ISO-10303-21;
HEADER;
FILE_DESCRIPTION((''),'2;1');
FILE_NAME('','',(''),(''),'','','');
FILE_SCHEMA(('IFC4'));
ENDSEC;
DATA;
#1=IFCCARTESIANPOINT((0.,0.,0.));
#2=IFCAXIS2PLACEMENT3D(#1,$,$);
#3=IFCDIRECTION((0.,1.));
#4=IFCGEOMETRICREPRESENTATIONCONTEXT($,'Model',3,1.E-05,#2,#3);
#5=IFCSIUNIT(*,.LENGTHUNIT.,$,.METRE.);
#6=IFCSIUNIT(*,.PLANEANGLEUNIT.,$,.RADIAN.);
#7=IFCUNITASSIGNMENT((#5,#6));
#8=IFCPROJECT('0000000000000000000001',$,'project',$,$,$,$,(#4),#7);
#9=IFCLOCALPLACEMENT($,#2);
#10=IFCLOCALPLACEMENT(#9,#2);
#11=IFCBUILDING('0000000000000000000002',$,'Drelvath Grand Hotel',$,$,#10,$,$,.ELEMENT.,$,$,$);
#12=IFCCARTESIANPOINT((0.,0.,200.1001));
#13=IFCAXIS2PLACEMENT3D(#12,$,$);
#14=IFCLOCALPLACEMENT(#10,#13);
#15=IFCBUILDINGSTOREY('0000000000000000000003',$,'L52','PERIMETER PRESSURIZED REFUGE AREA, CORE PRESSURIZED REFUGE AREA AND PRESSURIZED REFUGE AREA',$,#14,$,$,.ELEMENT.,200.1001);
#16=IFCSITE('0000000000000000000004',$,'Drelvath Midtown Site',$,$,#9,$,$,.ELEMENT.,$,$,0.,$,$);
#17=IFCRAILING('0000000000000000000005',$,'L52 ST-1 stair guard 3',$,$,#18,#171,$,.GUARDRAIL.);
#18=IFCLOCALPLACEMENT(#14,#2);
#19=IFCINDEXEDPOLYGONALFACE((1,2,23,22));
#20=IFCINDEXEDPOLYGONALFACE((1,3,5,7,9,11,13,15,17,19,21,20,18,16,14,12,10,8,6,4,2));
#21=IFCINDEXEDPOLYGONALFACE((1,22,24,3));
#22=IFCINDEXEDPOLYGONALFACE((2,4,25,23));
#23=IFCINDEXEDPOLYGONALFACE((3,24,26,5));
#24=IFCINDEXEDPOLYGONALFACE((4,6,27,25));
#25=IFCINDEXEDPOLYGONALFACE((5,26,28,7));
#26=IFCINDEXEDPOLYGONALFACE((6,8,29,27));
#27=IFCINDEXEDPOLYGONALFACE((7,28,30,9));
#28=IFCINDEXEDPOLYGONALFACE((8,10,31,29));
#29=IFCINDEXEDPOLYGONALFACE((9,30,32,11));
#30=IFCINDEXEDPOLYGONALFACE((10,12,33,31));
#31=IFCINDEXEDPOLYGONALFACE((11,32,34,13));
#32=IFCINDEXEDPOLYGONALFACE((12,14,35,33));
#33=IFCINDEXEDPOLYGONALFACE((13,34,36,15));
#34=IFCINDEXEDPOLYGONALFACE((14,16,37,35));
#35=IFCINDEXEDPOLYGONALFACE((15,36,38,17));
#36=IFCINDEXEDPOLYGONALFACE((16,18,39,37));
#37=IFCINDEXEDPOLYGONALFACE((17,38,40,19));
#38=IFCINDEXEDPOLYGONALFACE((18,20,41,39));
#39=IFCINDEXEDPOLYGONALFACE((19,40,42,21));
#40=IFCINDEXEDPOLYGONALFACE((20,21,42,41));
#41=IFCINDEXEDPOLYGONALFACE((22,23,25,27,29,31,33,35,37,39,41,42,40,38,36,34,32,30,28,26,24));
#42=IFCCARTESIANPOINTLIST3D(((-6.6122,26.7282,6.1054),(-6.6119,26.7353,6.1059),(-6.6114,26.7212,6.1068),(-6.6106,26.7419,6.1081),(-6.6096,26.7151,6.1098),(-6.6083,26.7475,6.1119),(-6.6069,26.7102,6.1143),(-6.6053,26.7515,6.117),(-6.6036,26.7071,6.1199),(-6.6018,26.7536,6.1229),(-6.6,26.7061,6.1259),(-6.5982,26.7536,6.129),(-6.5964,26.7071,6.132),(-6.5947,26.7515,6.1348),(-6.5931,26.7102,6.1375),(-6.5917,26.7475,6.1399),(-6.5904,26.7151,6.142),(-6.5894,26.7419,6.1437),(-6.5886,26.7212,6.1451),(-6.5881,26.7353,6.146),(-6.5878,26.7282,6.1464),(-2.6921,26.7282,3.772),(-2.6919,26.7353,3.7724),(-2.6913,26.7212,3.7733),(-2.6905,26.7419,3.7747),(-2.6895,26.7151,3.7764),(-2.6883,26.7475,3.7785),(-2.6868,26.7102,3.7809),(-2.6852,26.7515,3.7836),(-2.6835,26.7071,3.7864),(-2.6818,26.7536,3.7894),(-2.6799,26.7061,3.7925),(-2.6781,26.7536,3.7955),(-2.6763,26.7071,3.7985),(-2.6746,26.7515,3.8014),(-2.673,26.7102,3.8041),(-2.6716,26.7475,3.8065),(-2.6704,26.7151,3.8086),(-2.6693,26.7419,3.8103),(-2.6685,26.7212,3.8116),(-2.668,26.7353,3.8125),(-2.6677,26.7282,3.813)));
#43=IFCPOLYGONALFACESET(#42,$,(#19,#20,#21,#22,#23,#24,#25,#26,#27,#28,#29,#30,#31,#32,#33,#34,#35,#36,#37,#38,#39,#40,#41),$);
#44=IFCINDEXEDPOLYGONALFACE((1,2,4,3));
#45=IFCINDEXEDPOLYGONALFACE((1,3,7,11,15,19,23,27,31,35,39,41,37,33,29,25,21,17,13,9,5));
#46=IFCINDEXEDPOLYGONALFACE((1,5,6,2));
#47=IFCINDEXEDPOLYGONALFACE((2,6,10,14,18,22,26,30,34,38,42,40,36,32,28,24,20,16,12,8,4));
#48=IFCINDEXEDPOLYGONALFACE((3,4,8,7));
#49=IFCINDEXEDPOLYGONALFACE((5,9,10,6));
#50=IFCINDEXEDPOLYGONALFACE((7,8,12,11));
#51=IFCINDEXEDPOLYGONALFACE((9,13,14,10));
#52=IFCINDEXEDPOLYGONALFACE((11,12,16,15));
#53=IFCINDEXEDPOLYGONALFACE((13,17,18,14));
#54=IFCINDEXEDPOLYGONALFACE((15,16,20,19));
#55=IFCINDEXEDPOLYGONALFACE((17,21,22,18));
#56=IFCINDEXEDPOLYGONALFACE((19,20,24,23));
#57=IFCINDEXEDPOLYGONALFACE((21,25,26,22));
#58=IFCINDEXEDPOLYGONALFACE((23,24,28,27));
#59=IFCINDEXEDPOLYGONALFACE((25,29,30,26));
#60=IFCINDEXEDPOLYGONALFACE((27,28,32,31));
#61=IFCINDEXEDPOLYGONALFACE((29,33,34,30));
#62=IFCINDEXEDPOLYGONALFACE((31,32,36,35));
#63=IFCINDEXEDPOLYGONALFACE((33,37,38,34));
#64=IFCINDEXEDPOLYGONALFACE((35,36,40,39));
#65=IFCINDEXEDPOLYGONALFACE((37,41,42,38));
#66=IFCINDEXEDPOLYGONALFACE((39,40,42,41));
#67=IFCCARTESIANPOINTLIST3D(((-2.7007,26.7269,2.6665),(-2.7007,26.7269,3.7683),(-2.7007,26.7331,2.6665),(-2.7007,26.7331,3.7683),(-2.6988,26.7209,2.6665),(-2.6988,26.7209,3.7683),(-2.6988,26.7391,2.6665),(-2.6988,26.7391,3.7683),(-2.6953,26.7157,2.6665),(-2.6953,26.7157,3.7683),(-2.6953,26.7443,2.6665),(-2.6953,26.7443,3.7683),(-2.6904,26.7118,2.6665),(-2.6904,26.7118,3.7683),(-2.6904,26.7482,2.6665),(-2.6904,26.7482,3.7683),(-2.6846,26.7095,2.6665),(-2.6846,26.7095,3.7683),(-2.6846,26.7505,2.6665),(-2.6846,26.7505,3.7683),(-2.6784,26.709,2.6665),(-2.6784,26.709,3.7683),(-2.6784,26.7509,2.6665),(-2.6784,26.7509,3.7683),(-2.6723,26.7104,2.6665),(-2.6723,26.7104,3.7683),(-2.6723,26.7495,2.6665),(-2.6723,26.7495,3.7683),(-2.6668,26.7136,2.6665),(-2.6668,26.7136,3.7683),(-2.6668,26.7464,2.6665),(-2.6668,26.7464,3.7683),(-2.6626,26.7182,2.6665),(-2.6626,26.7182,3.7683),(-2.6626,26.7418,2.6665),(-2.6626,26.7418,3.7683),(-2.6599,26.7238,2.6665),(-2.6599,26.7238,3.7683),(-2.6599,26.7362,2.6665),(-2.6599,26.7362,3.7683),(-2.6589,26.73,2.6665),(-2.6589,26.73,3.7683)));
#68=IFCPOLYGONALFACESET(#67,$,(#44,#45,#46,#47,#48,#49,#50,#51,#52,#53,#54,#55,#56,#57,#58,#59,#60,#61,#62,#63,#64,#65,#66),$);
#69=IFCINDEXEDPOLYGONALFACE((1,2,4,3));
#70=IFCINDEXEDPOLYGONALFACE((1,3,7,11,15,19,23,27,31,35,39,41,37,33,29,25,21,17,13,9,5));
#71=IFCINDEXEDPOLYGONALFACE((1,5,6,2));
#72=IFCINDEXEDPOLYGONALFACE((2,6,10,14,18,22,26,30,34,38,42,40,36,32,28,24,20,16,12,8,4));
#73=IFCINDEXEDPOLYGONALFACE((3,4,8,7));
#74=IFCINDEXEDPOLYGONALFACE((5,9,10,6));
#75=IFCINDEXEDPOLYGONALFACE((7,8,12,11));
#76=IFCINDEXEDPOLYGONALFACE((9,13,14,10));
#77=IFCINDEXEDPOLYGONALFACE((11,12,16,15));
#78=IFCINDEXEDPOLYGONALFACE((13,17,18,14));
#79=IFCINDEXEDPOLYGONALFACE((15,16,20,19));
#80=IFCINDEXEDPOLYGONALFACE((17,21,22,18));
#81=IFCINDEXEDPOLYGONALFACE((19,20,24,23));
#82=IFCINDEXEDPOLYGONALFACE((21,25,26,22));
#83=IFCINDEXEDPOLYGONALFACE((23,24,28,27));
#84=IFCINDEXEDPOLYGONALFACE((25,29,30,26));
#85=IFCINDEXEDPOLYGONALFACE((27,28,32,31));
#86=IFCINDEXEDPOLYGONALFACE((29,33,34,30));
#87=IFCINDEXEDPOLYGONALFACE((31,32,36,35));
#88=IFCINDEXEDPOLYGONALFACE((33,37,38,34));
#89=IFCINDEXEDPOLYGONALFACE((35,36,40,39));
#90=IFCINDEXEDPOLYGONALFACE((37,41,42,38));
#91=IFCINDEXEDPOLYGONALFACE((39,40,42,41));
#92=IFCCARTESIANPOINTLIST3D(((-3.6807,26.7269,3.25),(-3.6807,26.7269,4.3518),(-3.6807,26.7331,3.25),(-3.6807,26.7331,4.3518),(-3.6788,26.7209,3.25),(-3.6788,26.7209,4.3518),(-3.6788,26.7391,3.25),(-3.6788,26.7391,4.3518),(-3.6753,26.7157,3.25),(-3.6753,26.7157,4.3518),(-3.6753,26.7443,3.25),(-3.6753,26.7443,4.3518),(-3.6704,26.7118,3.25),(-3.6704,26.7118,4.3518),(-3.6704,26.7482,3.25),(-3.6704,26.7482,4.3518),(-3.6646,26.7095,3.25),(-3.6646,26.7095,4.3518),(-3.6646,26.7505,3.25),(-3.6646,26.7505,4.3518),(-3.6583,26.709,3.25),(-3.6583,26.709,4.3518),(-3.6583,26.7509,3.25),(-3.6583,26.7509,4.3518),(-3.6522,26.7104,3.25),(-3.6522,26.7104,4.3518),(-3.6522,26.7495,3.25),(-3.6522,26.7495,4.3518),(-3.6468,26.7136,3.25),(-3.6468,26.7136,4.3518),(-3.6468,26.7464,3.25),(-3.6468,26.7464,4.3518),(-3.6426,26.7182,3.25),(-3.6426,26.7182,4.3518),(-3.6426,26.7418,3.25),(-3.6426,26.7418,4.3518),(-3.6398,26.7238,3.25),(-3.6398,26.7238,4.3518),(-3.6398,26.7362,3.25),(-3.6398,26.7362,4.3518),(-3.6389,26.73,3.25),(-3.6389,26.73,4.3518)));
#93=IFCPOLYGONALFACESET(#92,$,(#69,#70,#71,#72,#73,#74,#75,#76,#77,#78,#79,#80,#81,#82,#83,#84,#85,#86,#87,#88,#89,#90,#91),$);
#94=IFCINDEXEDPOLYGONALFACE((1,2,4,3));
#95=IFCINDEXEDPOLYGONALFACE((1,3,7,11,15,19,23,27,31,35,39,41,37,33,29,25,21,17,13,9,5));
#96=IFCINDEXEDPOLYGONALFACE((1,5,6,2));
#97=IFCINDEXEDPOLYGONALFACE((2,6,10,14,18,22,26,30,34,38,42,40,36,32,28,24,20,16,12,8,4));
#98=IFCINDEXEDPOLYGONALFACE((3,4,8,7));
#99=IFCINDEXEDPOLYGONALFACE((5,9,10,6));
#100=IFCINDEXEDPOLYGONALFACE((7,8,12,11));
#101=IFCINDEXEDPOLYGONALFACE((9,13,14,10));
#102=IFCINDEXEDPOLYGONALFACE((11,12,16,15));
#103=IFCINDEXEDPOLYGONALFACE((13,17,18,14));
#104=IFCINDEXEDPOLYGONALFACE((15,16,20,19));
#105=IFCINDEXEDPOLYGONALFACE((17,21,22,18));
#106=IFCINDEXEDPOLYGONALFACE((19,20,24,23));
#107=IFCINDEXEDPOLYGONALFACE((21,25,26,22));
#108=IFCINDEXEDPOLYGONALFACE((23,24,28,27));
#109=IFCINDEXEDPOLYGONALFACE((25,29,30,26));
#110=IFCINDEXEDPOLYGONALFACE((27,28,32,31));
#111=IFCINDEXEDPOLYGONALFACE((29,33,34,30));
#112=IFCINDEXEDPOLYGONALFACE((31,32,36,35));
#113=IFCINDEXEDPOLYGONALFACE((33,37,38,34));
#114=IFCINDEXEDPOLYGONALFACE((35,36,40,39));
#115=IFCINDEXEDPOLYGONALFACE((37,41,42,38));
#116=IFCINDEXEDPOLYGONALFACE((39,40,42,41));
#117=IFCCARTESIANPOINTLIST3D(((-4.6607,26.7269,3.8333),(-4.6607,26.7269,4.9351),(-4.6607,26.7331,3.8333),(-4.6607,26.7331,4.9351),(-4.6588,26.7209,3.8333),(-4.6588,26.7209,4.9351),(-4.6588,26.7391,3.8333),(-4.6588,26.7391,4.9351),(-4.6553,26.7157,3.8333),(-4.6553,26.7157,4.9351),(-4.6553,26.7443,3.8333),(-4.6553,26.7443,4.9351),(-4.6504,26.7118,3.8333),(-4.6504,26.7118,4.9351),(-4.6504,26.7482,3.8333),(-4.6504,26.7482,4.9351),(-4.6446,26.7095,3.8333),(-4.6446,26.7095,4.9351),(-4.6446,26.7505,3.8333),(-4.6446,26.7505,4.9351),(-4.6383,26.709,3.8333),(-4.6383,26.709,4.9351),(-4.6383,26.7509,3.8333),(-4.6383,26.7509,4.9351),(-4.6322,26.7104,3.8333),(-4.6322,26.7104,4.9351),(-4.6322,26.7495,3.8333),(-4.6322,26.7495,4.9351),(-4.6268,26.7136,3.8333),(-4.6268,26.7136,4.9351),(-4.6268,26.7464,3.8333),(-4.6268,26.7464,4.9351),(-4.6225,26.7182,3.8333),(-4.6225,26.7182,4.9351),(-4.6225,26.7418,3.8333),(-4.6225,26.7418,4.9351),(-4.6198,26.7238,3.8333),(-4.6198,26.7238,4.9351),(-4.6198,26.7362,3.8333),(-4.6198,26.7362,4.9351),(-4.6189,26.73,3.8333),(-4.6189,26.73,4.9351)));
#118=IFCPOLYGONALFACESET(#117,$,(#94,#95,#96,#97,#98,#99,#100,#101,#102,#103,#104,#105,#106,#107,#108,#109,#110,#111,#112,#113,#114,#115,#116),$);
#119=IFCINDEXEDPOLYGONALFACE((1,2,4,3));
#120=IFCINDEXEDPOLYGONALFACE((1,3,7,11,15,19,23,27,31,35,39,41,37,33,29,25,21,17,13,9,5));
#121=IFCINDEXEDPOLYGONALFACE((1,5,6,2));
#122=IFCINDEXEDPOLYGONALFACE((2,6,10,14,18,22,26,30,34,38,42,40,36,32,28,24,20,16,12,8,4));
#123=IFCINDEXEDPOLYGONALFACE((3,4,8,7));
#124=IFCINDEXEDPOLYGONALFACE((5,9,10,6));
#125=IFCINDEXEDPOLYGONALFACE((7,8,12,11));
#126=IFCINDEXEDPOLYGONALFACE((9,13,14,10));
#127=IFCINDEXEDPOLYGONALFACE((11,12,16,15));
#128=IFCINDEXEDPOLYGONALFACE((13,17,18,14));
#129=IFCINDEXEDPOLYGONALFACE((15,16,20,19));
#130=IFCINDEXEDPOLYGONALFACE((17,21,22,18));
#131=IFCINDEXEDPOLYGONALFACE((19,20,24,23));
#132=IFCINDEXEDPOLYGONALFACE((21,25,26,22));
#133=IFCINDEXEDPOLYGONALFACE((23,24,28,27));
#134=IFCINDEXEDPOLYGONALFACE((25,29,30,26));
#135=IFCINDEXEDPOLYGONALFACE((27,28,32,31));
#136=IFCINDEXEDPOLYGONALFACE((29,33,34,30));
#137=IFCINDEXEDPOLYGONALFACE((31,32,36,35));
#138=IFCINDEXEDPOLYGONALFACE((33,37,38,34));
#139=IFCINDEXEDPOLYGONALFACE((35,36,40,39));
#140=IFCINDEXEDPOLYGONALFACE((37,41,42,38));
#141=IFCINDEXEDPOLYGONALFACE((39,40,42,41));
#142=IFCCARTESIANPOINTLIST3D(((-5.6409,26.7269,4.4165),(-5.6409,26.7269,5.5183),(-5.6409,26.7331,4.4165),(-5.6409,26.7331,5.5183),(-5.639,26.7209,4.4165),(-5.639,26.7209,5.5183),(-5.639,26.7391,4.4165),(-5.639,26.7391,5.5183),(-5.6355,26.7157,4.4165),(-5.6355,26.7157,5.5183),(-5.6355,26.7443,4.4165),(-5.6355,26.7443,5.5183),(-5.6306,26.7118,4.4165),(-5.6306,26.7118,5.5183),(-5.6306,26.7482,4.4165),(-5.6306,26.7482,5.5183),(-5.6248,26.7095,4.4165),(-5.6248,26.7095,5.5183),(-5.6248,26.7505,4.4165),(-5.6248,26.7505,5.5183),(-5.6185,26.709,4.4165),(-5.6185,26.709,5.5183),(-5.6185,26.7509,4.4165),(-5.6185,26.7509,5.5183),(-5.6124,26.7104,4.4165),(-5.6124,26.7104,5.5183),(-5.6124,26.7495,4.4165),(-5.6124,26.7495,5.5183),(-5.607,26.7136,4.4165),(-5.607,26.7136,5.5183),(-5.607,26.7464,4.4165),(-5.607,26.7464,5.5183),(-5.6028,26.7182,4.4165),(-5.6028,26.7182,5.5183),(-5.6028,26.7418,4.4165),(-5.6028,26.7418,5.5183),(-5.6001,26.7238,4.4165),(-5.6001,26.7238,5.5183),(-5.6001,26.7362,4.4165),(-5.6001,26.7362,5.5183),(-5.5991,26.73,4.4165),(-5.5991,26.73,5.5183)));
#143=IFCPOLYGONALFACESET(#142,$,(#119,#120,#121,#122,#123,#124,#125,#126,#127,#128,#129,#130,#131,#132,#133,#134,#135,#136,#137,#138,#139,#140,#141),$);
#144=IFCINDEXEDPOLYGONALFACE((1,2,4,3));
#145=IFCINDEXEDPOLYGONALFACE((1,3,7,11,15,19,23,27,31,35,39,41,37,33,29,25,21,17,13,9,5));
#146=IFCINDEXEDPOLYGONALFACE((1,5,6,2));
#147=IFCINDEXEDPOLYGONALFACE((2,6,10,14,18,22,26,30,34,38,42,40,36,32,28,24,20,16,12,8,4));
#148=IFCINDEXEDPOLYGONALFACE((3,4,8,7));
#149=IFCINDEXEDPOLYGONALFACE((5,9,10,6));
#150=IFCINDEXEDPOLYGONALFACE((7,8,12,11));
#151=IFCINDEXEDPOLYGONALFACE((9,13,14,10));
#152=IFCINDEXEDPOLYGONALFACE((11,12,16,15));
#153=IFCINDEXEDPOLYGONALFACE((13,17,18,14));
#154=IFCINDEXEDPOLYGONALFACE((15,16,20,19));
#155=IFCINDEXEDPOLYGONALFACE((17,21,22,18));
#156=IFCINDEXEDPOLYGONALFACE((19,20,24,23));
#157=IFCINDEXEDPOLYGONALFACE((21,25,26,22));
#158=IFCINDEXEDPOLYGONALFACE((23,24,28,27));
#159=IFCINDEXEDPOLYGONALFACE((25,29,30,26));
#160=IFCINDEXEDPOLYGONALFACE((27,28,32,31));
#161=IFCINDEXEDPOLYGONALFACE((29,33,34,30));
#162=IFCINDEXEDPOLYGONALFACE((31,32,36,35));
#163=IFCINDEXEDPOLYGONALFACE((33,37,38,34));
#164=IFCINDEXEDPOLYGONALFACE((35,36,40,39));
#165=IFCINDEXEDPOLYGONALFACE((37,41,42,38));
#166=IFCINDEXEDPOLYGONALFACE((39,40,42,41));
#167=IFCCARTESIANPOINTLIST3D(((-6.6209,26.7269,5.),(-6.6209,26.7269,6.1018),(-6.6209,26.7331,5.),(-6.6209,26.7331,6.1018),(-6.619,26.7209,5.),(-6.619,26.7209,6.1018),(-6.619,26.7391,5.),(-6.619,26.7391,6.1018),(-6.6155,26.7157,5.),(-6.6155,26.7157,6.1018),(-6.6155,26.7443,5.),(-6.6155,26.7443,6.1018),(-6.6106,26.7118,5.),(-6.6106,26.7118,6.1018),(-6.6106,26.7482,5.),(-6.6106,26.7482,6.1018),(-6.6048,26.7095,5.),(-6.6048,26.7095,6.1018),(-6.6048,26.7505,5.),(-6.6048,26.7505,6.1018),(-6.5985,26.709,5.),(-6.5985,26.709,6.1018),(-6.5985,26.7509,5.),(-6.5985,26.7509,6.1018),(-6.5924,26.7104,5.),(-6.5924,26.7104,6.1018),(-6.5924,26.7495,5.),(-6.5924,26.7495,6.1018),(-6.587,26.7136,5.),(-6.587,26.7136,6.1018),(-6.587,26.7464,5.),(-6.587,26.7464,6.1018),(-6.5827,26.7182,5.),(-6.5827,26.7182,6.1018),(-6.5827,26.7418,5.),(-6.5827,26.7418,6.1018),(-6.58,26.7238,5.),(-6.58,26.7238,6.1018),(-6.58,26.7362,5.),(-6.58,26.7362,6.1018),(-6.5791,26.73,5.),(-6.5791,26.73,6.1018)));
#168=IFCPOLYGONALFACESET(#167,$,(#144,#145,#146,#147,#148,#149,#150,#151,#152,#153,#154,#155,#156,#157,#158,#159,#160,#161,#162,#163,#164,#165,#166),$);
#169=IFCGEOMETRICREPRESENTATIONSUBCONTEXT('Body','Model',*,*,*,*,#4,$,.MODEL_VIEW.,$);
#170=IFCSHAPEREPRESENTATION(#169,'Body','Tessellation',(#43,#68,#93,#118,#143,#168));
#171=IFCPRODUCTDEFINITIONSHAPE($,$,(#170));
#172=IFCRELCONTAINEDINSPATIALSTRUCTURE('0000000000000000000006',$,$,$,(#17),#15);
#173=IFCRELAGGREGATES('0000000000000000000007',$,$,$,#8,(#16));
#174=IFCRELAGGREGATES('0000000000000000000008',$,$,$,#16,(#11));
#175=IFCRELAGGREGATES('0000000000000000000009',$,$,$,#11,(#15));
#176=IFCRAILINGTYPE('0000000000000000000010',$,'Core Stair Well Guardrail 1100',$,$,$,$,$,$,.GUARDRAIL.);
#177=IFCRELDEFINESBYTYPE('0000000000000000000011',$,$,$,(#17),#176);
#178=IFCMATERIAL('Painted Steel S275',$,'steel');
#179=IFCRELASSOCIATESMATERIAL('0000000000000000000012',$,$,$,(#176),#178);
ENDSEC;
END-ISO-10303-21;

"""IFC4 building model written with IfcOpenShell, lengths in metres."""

from ifc_helpers import new_model, si_unit, direction, frame, origin, origin_2d, place, context, subcontext, project, spatial, circle, extrude, material, type_object, element, save


model = new_model("IFC4")

# Units and contexts
model_context = context("Model", 3, precision=1e-05, world=origin(), true_north=direction((0.0, 1.0)))
body_context = subcontext(model_context, "Body", "Model", "MODEL_VIEW")
ifc_project = project(units=[si_unit("LENGTHUNIT", "METRE"), si_unit("PLANEANGLEUNIT", "RADIAN")], contexts=[model_context])

# Site, building, storey
site_placement = place(None, origin())
site = spatial("IfcSite", under=ifc_project, at=site_placement, Name="Drelvath Midtown Site", CompositionType="ELEMENT", RefElevation=0.0)
building_placement = place(site_placement, origin())
building = spatial("IfcBuilding", under=site, at=building_placement, Name="Drelvath Grand Hotel", CompositionType="ELEMENT")
storey_placement = place(building_placement, frame((0.0, 0.0, 200.1001)))
storey = spatial("IfcBuildingStorey", under=building, at=storey_placement, Name="L52", Description="PERIMETER PRESSURIZED REFUGE AREA, CORE PRESSURIZED REFUGE AREA AND PRESSURIZED REFUGE AREA", CompositionType="ELEMENT", Elevation=200.1001)

# Shared definitions
ifc_material_1 = material(Name="Painted Steel S275", Category="steel")

# Railing
railing_type_1 = type_object("IfcRailingType", Name="Core Stair Well Guardrail 1100", PredefinedType="GUARDRAIL", material=ifc_material_1)
railing_1_placement = place(storey_placement, frame((-2.6799, 26.73, 2.6665)))
element("IfcRailing", 1, at=railing_1_placement, inside=storey, type_object=railing_type_1, Name="L52 ST-1 stair guard 3", PredefinedType="GUARDRAIL", context=body_context, shape_type="SweptSolid", body=[
    extrude(circle(Radius=0.0239, at=origin_2d()), frame((0.0, 0.0, 1.126), z_axis=(-0.859287, 0.0, 0.511494), x_axis=(0.0, -1.0, 0.0)), (0.0, 0.0, 1.0), 4.562),
    extrude(circle(Radius=0.021, at=origin_2d()), origin(), (0.0, 0.0, 1.0), 1.1018),
    extrude(circle(Radius=0.021, at=origin_2d()), frame((-0.98, 0.0, 0.5835)), (0.0, 0.0, 1.0), 1.1018),
    extrude(circle(Radius=0.021, at=origin_2d()), frame((-1.96, 0.0, 1.1667)), (0.0, 0.0, 1.0), 1.1018),
    extrude(circle(Radius=0.021, at=origin_2d()), frame((-2.9402, 0.0, 1.75)), (0.0, 0.0, 1.0), 1.1018),
    extrude(circle(Radius=0.021, at=origin_2d()), frame((-3.9202, 0.0, 2.3335)), (0.0, 0.0, 1.0), 1.1018),
])

save(model, "model.ifc")
